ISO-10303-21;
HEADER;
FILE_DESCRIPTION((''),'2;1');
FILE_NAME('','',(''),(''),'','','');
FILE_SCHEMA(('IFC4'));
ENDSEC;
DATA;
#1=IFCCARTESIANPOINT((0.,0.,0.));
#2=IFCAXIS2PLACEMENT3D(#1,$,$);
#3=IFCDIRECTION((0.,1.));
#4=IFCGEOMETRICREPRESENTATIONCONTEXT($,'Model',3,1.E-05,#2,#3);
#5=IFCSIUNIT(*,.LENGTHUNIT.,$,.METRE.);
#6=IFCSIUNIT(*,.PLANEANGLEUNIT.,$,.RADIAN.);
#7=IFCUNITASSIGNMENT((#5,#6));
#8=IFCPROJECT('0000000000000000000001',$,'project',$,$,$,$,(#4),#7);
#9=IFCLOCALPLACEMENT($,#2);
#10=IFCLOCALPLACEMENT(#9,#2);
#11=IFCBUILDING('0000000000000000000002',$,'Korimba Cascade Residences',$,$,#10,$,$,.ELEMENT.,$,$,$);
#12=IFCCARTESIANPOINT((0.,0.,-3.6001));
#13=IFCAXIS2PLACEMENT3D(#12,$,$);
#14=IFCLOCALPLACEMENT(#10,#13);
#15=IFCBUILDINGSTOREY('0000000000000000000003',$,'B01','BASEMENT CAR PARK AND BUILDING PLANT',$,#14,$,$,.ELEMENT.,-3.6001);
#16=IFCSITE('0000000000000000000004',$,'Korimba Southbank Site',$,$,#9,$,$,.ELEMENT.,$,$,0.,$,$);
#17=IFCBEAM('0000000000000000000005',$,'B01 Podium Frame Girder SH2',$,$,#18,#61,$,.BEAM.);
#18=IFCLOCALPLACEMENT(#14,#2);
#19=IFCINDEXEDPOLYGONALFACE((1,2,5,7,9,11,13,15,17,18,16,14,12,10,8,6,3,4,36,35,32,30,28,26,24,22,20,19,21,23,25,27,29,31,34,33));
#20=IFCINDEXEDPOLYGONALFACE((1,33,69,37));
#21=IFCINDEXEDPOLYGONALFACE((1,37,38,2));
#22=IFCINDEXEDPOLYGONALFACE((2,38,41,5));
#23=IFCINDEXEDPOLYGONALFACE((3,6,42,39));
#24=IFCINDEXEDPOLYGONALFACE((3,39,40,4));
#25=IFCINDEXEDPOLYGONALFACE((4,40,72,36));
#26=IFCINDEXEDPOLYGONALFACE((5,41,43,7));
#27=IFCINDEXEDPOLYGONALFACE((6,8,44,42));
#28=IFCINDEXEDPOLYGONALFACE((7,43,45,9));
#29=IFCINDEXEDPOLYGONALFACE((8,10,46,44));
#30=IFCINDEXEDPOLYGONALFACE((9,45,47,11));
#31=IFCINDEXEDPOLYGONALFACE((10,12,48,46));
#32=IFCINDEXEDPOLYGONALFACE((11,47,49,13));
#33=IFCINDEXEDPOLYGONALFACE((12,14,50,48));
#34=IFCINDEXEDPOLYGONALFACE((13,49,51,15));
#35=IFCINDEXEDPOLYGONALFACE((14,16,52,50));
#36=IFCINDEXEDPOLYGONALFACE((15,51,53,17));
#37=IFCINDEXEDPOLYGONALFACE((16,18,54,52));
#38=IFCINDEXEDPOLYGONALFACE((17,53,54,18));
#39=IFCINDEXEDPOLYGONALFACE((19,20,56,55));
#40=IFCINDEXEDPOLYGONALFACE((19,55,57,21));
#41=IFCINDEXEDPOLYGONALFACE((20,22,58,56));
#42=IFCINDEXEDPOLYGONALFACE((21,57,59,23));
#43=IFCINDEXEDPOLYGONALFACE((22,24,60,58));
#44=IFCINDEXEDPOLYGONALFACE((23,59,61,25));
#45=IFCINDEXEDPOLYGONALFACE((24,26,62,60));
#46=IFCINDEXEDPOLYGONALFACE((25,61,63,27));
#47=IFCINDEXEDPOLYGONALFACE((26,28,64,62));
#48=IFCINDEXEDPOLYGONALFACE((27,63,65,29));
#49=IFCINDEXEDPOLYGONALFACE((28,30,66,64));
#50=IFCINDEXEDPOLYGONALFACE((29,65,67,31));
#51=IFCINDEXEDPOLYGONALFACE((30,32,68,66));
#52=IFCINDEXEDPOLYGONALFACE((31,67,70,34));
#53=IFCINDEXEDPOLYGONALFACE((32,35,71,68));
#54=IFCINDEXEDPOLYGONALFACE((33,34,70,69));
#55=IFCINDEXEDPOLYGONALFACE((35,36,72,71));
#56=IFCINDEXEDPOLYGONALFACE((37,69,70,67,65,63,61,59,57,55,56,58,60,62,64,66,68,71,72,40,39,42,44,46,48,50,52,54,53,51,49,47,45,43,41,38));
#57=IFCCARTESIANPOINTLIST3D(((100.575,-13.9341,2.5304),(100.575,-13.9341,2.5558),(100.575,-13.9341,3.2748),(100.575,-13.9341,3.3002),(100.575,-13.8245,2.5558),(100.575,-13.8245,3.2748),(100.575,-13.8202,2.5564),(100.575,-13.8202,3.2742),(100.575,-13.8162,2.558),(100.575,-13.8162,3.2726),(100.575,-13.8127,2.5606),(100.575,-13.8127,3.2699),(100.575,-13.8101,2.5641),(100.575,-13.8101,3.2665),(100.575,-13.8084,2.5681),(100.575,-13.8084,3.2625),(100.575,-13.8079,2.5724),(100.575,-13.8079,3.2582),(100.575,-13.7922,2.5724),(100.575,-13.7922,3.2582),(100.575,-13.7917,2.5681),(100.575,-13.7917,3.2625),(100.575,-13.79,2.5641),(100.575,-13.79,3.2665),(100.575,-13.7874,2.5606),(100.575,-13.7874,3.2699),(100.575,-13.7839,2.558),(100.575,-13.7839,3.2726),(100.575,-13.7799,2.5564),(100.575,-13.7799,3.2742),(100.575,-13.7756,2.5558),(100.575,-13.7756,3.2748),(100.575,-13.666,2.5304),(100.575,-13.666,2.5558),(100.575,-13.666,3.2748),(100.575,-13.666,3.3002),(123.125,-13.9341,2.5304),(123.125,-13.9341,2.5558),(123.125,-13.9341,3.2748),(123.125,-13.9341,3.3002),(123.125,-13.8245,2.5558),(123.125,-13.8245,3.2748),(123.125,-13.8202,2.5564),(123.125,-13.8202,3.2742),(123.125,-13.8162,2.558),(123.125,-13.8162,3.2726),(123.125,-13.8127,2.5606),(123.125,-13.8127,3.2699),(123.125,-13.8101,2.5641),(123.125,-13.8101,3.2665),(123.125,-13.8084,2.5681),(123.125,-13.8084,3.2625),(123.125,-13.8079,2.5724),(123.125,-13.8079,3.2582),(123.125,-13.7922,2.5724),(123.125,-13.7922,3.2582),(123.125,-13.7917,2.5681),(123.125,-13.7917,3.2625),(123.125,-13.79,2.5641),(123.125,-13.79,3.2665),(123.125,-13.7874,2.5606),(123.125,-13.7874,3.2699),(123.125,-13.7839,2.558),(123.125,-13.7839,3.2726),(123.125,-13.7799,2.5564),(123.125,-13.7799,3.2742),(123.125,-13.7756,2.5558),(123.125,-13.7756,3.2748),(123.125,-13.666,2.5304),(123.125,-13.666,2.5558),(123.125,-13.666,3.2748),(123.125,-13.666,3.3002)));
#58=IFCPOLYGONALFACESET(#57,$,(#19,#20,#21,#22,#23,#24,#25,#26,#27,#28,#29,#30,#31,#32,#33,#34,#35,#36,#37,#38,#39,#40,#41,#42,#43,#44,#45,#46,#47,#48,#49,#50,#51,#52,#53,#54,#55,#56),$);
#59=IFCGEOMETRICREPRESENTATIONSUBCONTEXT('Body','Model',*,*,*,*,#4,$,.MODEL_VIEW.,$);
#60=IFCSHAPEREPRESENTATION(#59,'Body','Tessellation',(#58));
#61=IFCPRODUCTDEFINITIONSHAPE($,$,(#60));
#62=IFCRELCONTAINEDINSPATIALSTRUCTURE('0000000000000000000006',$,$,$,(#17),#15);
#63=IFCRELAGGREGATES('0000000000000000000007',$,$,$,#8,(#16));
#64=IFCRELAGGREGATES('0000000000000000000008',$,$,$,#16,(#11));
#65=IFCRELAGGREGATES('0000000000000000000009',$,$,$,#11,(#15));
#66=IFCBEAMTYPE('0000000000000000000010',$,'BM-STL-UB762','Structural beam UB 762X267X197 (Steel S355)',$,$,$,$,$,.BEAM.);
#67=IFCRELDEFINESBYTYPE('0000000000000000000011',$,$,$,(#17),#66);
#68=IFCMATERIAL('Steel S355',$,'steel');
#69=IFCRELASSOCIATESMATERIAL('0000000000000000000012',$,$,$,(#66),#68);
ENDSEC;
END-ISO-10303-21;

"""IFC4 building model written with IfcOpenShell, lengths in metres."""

from ifc_helpers import new_model, si_unit, direction, frame, origin, origin_2d, place, context, subcontext, project, spatial, i_section, extrude, material, material_profile, profile_set, type_object, element, save


model = new_model("IFC4")

# Units and contexts
model_context = context("Model", 3, precision=1e-05, world=origin(), true_north=direction((0.0, 1.0)))
body_context = subcontext(model_context, "Body", "Model", "MODEL_VIEW")
ifc_project = project(units=[si_unit("LENGTHUNIT", "METRE"), si_unit("PLANEANGLEUNIT", "RADIAN")], contexts=[model_context])

# Site, building, storey
site_placement = place(None, origin())
site = spatial("IfcSite", under=ifc_project, at=site_placement, Name="Korimba Southbank Site", CompositionType="ELEMENT", RefElevation=0.0)
building_placement = place(site_placement, origin())
building = spatial("IfcBuilding", under=site, at=building_placement, Name="Korimba Cascade Residences", CompositionType="ELEMENT")
storey_placement = place(building_placement, frame((0.0, 0.0, -3.6001)))
storey = spatial("IfcBuildingStorey", under=building, at=storey_placement, Name="B01", Description="BASEMENT CAR PARK AND BUILDING PLANT", CompositionType="ELEMENT", Elevation=-3.6001)

# Beam
ifc_material_1 = material(Name="Steel S355", Category="steel")
ifc_material_profile_1 = material_profile(ifc_material_1, i_section(OverallWidth=0.2681, OverallDepth=0.7698, WebThickness=0.0156, FlangeThickness=0.0254, FilletRadius=0.0166, at=origin_2d()), Name="Steel S355")
ifc_profile_set_1 = profile_set([ifc_material_profile_1], Name="Steel S355")
beam_type_1 = type_object("IfcBeamType", Name="BM-STL-UB762", Description="Structural beam UB 762X267X197 (Steel S355)", PredefinedType="BEAM", material=ifc_profile_set_1)
beam_1_placement = place(storey_placement, frame((100.575, -13.8, 2.9153), z_axis=(1.0, 0.0, 0.0), x_axis=(0.0, 1.0, 0.0)))
element("IfcBeam", 1, at=beam_1_placement, inside=storey, type_object=beam_type_1, Name="B01 Podium Frame Girder SH2", PredefinedType="BEAM", context=body_context, shape_type="SweptSolid", body=[
    extrude(i_section(OverallWidth=0.2681, OverallDepth=0.7698, WebThickness=0.0156, FlangeThickness=0.0254, FilletRadius=0.0166, at=origin_2d()), origin(), (0.0, 0.0, 1.0), 22.55),
])

save(model, "model.ifc")
